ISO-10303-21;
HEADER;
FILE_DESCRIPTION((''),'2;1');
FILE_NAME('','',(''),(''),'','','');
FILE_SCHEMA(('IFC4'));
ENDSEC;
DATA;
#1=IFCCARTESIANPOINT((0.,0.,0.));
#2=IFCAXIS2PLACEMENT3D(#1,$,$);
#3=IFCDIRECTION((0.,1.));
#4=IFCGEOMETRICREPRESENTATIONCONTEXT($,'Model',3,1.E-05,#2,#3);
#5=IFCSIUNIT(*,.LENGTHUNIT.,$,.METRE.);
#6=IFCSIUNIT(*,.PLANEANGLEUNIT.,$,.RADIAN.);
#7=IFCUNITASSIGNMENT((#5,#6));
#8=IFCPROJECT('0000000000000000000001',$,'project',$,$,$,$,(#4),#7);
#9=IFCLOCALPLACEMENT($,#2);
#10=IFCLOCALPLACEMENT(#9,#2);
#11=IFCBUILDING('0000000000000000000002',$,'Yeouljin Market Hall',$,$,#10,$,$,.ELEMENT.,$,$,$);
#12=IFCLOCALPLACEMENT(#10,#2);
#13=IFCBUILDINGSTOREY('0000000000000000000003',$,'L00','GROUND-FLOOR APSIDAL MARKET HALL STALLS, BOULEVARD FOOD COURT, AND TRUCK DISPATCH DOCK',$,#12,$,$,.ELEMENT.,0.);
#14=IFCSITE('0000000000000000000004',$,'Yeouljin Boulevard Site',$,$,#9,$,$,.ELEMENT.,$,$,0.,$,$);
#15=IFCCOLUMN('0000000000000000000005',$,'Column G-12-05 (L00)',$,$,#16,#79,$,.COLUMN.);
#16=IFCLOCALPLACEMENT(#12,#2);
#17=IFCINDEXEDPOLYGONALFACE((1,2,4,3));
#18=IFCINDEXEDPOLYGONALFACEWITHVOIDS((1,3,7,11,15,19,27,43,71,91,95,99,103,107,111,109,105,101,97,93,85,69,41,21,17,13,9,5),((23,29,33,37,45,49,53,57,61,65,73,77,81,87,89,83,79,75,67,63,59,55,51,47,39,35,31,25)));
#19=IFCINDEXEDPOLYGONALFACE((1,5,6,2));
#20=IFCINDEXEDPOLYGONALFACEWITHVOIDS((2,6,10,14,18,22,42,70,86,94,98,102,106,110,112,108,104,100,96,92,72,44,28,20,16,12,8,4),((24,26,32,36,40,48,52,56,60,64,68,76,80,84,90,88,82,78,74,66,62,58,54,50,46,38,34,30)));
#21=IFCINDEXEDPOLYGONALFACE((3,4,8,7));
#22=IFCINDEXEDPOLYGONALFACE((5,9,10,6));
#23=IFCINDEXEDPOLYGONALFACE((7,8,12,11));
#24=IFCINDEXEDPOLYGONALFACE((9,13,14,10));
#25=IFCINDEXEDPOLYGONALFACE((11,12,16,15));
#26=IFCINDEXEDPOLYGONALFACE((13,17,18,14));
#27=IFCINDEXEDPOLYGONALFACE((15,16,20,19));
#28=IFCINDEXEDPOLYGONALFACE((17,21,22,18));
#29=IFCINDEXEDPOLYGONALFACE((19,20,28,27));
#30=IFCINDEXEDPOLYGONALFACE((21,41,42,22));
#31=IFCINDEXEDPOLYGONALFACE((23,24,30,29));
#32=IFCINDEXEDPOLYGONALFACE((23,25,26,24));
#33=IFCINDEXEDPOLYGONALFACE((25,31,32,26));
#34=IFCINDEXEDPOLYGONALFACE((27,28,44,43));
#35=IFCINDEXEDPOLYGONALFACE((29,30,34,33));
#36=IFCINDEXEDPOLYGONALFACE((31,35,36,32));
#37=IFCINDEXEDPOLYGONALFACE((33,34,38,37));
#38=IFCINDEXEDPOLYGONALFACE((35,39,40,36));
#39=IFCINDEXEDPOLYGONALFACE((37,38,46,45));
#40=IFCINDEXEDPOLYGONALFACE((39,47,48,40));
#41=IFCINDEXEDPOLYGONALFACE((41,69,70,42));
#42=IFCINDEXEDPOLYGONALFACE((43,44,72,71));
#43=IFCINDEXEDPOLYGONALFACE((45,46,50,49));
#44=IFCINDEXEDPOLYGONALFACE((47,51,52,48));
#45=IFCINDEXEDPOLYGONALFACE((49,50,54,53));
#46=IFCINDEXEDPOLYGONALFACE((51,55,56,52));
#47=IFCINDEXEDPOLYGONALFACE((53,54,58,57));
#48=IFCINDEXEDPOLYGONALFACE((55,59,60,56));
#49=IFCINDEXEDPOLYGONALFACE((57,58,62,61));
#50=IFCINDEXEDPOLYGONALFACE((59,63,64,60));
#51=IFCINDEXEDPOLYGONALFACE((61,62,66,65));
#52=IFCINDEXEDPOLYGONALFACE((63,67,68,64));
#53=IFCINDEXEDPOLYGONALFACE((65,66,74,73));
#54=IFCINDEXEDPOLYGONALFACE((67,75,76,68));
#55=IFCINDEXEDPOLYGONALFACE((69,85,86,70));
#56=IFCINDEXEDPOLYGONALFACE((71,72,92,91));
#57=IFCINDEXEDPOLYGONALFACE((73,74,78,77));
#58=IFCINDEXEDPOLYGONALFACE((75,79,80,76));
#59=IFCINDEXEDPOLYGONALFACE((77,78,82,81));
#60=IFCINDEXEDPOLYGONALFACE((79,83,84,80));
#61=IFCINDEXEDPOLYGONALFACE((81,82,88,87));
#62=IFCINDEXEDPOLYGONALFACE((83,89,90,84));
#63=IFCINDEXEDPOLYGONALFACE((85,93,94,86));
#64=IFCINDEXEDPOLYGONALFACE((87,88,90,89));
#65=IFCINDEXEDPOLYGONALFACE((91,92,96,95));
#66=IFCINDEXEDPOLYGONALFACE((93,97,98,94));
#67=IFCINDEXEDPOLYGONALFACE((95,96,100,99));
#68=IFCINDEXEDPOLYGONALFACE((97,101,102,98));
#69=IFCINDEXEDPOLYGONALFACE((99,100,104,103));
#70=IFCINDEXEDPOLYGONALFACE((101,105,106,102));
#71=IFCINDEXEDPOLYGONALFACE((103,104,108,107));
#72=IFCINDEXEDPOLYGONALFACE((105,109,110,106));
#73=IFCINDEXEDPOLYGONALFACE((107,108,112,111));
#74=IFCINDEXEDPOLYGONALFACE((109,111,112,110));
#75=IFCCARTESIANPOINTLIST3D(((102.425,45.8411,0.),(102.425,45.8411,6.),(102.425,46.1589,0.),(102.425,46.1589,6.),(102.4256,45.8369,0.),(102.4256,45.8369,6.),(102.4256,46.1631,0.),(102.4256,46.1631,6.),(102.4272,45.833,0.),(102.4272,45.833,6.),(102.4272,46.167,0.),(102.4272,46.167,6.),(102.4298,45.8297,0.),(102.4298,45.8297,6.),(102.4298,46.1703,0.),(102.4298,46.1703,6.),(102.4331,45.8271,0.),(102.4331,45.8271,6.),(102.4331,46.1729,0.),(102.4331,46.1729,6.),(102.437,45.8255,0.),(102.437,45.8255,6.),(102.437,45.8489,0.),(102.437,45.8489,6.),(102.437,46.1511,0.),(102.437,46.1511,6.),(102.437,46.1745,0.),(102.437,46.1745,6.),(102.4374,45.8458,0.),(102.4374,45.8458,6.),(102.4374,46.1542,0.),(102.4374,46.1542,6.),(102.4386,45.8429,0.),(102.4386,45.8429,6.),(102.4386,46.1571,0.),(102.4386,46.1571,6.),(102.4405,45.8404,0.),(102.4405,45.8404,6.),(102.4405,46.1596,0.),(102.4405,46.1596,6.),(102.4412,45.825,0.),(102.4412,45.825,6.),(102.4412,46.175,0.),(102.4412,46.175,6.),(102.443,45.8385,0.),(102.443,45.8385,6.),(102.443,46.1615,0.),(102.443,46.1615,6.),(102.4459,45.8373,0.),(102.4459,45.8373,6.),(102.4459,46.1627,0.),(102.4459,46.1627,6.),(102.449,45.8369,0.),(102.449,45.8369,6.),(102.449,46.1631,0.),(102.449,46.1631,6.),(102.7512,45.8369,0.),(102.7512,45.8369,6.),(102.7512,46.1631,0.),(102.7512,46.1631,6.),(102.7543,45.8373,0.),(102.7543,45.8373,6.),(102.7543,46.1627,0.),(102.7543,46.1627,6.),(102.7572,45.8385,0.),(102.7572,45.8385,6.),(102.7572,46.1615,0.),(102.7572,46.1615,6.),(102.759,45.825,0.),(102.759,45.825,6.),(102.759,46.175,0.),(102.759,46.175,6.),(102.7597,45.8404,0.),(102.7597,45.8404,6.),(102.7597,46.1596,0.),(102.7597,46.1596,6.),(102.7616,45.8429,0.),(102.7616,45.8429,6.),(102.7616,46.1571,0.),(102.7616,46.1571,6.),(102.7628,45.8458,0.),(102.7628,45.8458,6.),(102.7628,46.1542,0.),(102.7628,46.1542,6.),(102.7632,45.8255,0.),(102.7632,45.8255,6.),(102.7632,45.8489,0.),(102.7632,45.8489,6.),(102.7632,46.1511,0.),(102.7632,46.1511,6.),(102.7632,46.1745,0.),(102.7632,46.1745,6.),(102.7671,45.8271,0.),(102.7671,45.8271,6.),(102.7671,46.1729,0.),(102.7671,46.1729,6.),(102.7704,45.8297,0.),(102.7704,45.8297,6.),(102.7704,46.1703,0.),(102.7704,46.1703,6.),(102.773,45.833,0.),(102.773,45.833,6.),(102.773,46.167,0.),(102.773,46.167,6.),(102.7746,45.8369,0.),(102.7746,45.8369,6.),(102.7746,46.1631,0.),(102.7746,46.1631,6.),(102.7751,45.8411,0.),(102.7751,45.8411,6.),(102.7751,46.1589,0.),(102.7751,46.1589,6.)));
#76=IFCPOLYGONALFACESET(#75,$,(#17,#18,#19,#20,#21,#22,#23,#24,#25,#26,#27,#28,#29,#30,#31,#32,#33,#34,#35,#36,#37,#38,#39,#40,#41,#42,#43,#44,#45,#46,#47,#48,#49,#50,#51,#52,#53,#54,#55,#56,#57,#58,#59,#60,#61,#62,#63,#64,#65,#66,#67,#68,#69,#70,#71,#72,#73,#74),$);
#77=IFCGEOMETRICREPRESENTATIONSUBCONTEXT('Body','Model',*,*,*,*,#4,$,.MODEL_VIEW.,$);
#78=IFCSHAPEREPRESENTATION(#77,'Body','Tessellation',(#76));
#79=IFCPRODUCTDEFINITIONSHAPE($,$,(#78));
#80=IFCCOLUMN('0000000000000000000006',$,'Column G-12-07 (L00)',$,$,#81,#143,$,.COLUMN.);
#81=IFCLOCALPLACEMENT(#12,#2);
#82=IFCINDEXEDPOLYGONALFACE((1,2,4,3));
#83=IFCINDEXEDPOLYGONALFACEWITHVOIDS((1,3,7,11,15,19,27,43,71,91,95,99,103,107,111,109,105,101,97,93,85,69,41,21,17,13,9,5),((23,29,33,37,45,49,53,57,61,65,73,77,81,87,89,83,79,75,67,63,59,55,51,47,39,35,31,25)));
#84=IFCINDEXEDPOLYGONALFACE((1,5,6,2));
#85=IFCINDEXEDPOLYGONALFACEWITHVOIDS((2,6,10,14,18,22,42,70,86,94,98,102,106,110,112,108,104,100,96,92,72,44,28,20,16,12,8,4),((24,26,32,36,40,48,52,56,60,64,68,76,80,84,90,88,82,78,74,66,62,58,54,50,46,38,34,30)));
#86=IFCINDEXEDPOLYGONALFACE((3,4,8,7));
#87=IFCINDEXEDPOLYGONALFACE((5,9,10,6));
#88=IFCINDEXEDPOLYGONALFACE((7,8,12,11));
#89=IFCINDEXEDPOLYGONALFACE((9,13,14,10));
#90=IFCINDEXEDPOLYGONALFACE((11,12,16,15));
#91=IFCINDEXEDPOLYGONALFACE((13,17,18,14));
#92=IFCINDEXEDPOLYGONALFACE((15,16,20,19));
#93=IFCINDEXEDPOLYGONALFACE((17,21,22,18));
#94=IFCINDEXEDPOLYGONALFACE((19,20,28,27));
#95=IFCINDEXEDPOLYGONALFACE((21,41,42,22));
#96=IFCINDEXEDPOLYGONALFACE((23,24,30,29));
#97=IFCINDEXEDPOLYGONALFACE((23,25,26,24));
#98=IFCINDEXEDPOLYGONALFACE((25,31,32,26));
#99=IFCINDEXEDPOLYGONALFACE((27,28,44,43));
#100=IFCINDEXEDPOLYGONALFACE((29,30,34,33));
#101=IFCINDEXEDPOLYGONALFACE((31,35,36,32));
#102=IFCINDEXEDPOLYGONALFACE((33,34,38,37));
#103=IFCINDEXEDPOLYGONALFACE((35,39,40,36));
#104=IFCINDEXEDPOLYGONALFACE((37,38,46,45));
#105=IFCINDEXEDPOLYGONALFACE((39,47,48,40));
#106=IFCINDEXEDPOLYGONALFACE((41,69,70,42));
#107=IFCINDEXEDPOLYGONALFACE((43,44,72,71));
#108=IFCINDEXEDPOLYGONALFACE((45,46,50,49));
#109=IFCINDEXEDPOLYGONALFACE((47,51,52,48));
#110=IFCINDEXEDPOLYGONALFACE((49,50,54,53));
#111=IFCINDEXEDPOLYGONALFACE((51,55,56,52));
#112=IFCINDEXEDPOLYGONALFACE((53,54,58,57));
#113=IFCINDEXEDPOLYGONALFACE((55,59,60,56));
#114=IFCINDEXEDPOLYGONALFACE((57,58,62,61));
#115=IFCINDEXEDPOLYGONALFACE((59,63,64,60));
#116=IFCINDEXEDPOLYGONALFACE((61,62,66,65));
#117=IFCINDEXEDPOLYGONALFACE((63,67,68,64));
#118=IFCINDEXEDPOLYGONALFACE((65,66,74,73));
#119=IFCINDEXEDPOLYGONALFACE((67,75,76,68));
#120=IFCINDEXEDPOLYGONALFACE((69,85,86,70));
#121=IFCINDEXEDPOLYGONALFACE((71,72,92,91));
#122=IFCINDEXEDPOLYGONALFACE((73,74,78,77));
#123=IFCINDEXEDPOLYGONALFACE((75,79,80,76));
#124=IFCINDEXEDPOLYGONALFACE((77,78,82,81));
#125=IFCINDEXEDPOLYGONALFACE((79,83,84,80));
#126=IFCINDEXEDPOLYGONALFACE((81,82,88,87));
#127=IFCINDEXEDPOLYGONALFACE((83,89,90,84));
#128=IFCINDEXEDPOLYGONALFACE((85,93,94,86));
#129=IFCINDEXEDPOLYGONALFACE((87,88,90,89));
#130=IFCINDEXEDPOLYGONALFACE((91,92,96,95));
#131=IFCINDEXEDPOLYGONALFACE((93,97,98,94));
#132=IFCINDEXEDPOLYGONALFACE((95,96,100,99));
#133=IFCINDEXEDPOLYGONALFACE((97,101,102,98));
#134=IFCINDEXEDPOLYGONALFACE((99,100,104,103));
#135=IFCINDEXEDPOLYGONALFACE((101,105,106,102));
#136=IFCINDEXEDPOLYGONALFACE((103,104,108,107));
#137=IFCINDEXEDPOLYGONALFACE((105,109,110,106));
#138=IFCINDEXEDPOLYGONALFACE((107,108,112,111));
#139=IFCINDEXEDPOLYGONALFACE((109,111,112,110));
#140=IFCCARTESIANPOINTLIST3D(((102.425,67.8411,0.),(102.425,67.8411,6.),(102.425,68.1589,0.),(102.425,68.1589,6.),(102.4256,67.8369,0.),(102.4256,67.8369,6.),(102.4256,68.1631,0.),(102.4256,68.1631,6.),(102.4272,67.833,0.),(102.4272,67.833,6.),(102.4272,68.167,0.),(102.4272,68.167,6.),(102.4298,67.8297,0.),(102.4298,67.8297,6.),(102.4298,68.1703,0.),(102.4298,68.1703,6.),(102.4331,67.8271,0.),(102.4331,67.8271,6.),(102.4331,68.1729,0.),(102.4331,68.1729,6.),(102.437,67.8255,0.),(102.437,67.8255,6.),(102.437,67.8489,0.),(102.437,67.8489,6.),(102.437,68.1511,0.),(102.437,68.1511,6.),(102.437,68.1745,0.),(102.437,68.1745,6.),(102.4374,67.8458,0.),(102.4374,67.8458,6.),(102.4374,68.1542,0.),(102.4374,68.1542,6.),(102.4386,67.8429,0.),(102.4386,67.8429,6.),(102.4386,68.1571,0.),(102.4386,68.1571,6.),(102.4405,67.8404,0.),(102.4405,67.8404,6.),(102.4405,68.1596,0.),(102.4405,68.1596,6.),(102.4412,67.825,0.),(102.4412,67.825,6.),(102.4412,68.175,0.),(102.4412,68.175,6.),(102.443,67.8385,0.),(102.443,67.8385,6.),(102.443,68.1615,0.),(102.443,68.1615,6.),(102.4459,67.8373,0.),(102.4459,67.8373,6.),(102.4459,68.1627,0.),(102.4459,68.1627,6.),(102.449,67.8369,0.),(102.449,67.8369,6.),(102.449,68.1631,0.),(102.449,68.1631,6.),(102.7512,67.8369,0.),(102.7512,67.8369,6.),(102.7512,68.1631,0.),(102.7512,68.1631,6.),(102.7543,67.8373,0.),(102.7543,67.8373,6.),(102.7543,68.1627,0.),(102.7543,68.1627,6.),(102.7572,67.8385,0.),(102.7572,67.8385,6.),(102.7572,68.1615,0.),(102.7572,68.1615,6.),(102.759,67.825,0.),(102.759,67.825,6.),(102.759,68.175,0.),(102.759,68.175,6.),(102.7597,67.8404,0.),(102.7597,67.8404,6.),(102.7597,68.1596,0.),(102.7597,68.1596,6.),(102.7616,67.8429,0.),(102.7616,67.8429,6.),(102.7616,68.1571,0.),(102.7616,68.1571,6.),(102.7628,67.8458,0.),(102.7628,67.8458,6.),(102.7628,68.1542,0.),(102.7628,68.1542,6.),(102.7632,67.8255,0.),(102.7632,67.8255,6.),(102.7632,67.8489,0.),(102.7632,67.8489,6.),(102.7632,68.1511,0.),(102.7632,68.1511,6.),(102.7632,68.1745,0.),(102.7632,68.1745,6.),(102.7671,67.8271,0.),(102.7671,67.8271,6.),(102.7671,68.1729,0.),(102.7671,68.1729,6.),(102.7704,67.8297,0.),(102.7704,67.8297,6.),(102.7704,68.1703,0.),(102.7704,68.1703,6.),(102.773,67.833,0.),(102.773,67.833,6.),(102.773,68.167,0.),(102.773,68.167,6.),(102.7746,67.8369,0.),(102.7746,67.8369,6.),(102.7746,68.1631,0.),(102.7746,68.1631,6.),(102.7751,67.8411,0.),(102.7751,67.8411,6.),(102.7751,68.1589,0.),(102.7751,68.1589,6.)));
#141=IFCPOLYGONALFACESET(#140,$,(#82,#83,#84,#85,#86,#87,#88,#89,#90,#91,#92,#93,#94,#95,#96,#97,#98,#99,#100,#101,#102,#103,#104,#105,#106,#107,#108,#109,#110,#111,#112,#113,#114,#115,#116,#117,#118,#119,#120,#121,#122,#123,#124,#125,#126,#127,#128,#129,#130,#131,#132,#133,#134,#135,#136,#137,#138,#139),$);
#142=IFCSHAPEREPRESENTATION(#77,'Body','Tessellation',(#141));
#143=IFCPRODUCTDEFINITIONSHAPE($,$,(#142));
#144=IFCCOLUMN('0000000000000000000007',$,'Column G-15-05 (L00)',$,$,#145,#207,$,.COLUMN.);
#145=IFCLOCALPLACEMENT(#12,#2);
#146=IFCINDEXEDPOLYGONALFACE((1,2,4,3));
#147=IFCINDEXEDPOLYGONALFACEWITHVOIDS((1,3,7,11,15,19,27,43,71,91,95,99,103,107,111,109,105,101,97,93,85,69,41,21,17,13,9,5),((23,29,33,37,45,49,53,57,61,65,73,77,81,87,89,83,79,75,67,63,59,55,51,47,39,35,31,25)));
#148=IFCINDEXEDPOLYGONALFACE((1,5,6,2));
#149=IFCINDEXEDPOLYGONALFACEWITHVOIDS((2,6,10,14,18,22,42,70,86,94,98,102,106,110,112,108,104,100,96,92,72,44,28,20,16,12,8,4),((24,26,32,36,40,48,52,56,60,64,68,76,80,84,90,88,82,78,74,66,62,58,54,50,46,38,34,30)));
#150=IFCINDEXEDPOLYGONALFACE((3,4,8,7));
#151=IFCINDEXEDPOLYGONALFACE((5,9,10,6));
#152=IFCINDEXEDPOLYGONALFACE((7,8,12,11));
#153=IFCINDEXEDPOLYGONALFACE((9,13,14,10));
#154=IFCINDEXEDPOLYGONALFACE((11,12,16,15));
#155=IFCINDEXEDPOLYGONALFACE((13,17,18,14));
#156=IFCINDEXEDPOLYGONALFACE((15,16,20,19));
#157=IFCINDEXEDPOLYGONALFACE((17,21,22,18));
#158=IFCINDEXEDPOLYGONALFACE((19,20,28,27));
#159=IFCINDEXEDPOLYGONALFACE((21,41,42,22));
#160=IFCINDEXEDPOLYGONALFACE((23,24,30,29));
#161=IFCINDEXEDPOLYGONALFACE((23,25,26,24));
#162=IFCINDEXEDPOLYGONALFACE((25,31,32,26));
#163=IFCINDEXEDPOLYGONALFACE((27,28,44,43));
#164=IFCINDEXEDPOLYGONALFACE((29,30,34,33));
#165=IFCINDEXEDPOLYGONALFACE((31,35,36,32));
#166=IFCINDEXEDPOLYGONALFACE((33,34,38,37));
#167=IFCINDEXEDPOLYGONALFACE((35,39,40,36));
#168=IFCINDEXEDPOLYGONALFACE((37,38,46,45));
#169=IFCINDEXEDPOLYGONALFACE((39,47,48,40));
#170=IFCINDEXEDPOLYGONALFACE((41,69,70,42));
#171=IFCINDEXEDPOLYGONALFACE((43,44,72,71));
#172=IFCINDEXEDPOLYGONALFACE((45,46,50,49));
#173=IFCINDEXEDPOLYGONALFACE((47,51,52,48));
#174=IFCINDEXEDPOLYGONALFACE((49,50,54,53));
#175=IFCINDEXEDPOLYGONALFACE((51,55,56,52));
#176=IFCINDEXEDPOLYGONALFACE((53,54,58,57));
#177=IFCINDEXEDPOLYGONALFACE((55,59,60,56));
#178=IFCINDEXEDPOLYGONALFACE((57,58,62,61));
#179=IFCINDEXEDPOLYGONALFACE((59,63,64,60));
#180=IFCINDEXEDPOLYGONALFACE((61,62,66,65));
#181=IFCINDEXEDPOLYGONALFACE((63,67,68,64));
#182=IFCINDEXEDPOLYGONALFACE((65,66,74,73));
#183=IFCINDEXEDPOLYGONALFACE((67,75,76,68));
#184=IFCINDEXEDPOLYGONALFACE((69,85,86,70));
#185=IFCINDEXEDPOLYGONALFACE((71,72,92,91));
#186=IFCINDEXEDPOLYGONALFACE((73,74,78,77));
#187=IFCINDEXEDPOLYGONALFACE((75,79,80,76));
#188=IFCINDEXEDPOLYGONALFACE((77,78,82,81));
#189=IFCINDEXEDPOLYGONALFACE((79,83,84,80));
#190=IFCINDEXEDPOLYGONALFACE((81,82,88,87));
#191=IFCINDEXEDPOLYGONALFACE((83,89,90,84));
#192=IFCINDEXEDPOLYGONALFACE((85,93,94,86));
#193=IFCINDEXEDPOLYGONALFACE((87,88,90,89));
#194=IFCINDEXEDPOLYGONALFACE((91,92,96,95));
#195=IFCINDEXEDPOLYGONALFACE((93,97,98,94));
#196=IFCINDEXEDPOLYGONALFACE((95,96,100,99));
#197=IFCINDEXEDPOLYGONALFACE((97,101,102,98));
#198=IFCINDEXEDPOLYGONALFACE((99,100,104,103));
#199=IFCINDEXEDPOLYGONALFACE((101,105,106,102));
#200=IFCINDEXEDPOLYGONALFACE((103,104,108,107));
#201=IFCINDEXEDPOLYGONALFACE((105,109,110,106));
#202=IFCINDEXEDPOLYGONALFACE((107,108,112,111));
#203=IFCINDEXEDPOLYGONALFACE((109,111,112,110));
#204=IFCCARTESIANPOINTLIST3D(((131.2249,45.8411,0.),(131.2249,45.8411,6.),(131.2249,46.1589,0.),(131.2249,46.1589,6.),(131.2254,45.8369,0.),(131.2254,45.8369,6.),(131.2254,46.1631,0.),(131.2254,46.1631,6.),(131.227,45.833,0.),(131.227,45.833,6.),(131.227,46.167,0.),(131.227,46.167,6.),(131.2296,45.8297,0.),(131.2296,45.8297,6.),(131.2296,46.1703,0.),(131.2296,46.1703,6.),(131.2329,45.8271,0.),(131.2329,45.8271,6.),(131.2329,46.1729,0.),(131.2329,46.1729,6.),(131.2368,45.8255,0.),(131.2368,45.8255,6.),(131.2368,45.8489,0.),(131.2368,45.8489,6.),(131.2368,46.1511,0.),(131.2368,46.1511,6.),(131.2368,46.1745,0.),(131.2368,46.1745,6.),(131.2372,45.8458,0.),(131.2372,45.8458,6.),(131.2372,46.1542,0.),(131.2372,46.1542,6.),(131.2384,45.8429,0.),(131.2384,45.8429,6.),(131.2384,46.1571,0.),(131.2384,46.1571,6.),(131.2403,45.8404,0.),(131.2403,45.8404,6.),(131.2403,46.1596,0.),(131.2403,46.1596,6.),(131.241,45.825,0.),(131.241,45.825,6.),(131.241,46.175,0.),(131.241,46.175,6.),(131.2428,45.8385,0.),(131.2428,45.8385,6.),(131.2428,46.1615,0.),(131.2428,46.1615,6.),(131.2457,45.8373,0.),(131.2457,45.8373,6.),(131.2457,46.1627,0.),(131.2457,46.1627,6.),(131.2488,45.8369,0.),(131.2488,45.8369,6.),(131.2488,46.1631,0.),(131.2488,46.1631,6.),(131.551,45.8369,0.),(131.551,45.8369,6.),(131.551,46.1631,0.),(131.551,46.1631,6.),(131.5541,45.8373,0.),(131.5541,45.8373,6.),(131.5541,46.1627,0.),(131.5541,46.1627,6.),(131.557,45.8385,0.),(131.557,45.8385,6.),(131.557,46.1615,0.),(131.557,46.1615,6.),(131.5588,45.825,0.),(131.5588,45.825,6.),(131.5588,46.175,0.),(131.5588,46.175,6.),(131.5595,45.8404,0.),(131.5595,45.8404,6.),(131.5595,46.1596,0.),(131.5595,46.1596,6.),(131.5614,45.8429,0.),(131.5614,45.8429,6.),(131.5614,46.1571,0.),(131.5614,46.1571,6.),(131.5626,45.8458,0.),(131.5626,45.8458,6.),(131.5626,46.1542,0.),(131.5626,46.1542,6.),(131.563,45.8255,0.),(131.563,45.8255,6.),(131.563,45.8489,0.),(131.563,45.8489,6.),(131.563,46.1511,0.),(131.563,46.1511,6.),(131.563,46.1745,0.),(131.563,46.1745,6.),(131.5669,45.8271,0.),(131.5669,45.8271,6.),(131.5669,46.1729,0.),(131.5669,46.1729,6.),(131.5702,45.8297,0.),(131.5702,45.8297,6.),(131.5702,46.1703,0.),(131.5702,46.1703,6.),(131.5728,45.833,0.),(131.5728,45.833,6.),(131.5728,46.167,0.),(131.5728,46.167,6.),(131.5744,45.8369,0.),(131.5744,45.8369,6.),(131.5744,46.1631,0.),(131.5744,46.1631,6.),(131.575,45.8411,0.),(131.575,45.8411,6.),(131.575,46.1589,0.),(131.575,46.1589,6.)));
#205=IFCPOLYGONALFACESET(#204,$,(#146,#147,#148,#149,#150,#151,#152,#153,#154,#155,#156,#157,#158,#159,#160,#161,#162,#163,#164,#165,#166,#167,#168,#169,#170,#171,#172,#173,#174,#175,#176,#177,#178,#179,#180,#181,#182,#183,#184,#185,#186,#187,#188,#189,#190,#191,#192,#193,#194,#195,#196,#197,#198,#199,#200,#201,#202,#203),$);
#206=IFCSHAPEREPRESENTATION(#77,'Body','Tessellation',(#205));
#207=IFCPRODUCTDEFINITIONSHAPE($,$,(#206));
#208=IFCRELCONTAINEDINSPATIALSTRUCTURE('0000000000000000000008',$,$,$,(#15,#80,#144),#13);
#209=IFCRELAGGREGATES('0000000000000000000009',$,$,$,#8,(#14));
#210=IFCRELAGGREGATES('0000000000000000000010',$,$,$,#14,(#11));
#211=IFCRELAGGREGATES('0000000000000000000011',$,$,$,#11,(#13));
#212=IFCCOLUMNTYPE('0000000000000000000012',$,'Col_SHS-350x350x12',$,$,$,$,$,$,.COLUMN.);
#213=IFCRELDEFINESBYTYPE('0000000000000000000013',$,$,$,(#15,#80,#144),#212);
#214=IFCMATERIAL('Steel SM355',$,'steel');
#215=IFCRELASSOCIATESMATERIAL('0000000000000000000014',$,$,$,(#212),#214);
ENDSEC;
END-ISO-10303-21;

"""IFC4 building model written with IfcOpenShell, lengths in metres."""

from ifc_helpers import new_model, si_unit, direction, frame, origin, origin_2d, place, context, subcontext, project, spatial, hollow_rectangle, extrude, material, material_profile, profile_set, type_object, element, save


model = new_model("IFC4")

# Units and contexts
model_context = context("Model", 3, precision=1e-05, world=origin(), true_north=direction((0.0, 1.0)))
body_context = subcontext(model_context, "Body", "Model", "MODEL_VIEW")
ifc_project = project(units=[si_unit("LENGTHUNIT", "METRE"), si_unit("PLANEANGLEUNIT", "RADIAN")], contexts=[model_context])

# Site, building, storey
site_placement = place(None, origin())
site = spatial("IfcSite", under=ifc_project, at=site_placement, Name="Yeouljin Boulevard Site", CompositionType="ELEMENT", RefElevation=0.0)
building_placement = place(site_placement, origin())
building = spatial("IfcBuilding", under=site, at=building_placement, Name="Yeouljin Market Hall", CompositionType="ELEMENT")
storey_placement = place(building_placement, origin())
storey = spatial("IfcBuildingStorey", under=building, at=storey_placement, Name="L00", Description="GROUND-FLOOR APSIDAL MARKET HALL STALLS, BOULEVARD FOOD COURT, AND TRUCK DISPATCH DOCK", CompositionType="ELEMENT", Elevation=0.0)

# Columns
ifc_material_1 = material(Name="Steel SM355", Category="steel")
ifc_material_profile_1 = material_profile(ifc_material_1, hollow_rectangle(XDim=0.3501, YDim=0.3501, WallThickness=0.012, InnerFilletRadius=0.012, OuterFilletRadius=0.0161, at=origin_2d()), Name="SHS-350x350x12")
ifc_profile_set_1 = profile_set([ifc_material_profile_1], Name="Steel SM355")
column_type_1 = type_object("IfcColumnType", Name="Col_SHS-350x350x12", PredefinedType="COLUMN", material=ifc_profile_set_1)
for number, where, z_axis, x_axis, name in (
    (1, (102.6001, 46.0, 0.0), (0.0, 0.0, 1.0), (1.0, 0.0, 0.0), "Column G-12-05 (L00)"),
    (2, (102.6001, 68.0, 0.0), (0.0, 0.0, 1.0), (1.0, 0.0, 0.0), "Column G-12-07 (L00)"),
    (3, (131.3999, 46.0, 0.0), (0.0, 0.0, 1.0), (1.0, 0.0, 0.0), "Column G-15-05 (L00)"),
):
    element("IfcColumn", number, at=place(storey_placement, frame(where, z_axis=z_axis, x_axis=x_axis)), inside=storey, type_object=column_type_1, Name=name, PredefinedType="COLUMN", context=body_context, shape_type="SweptSolid", body=[
        extrude(hollow_rectangle(XDim=0.3501, YDim=0.3501, WallThickness=0.012, InnerFilletRadius=0.012, OuterFilletRadius=0.0161, at=origin_2d()), origin(), (0.0, 0.0, 1.0), 6.0),
    ])

save(model, "model.ifc")
